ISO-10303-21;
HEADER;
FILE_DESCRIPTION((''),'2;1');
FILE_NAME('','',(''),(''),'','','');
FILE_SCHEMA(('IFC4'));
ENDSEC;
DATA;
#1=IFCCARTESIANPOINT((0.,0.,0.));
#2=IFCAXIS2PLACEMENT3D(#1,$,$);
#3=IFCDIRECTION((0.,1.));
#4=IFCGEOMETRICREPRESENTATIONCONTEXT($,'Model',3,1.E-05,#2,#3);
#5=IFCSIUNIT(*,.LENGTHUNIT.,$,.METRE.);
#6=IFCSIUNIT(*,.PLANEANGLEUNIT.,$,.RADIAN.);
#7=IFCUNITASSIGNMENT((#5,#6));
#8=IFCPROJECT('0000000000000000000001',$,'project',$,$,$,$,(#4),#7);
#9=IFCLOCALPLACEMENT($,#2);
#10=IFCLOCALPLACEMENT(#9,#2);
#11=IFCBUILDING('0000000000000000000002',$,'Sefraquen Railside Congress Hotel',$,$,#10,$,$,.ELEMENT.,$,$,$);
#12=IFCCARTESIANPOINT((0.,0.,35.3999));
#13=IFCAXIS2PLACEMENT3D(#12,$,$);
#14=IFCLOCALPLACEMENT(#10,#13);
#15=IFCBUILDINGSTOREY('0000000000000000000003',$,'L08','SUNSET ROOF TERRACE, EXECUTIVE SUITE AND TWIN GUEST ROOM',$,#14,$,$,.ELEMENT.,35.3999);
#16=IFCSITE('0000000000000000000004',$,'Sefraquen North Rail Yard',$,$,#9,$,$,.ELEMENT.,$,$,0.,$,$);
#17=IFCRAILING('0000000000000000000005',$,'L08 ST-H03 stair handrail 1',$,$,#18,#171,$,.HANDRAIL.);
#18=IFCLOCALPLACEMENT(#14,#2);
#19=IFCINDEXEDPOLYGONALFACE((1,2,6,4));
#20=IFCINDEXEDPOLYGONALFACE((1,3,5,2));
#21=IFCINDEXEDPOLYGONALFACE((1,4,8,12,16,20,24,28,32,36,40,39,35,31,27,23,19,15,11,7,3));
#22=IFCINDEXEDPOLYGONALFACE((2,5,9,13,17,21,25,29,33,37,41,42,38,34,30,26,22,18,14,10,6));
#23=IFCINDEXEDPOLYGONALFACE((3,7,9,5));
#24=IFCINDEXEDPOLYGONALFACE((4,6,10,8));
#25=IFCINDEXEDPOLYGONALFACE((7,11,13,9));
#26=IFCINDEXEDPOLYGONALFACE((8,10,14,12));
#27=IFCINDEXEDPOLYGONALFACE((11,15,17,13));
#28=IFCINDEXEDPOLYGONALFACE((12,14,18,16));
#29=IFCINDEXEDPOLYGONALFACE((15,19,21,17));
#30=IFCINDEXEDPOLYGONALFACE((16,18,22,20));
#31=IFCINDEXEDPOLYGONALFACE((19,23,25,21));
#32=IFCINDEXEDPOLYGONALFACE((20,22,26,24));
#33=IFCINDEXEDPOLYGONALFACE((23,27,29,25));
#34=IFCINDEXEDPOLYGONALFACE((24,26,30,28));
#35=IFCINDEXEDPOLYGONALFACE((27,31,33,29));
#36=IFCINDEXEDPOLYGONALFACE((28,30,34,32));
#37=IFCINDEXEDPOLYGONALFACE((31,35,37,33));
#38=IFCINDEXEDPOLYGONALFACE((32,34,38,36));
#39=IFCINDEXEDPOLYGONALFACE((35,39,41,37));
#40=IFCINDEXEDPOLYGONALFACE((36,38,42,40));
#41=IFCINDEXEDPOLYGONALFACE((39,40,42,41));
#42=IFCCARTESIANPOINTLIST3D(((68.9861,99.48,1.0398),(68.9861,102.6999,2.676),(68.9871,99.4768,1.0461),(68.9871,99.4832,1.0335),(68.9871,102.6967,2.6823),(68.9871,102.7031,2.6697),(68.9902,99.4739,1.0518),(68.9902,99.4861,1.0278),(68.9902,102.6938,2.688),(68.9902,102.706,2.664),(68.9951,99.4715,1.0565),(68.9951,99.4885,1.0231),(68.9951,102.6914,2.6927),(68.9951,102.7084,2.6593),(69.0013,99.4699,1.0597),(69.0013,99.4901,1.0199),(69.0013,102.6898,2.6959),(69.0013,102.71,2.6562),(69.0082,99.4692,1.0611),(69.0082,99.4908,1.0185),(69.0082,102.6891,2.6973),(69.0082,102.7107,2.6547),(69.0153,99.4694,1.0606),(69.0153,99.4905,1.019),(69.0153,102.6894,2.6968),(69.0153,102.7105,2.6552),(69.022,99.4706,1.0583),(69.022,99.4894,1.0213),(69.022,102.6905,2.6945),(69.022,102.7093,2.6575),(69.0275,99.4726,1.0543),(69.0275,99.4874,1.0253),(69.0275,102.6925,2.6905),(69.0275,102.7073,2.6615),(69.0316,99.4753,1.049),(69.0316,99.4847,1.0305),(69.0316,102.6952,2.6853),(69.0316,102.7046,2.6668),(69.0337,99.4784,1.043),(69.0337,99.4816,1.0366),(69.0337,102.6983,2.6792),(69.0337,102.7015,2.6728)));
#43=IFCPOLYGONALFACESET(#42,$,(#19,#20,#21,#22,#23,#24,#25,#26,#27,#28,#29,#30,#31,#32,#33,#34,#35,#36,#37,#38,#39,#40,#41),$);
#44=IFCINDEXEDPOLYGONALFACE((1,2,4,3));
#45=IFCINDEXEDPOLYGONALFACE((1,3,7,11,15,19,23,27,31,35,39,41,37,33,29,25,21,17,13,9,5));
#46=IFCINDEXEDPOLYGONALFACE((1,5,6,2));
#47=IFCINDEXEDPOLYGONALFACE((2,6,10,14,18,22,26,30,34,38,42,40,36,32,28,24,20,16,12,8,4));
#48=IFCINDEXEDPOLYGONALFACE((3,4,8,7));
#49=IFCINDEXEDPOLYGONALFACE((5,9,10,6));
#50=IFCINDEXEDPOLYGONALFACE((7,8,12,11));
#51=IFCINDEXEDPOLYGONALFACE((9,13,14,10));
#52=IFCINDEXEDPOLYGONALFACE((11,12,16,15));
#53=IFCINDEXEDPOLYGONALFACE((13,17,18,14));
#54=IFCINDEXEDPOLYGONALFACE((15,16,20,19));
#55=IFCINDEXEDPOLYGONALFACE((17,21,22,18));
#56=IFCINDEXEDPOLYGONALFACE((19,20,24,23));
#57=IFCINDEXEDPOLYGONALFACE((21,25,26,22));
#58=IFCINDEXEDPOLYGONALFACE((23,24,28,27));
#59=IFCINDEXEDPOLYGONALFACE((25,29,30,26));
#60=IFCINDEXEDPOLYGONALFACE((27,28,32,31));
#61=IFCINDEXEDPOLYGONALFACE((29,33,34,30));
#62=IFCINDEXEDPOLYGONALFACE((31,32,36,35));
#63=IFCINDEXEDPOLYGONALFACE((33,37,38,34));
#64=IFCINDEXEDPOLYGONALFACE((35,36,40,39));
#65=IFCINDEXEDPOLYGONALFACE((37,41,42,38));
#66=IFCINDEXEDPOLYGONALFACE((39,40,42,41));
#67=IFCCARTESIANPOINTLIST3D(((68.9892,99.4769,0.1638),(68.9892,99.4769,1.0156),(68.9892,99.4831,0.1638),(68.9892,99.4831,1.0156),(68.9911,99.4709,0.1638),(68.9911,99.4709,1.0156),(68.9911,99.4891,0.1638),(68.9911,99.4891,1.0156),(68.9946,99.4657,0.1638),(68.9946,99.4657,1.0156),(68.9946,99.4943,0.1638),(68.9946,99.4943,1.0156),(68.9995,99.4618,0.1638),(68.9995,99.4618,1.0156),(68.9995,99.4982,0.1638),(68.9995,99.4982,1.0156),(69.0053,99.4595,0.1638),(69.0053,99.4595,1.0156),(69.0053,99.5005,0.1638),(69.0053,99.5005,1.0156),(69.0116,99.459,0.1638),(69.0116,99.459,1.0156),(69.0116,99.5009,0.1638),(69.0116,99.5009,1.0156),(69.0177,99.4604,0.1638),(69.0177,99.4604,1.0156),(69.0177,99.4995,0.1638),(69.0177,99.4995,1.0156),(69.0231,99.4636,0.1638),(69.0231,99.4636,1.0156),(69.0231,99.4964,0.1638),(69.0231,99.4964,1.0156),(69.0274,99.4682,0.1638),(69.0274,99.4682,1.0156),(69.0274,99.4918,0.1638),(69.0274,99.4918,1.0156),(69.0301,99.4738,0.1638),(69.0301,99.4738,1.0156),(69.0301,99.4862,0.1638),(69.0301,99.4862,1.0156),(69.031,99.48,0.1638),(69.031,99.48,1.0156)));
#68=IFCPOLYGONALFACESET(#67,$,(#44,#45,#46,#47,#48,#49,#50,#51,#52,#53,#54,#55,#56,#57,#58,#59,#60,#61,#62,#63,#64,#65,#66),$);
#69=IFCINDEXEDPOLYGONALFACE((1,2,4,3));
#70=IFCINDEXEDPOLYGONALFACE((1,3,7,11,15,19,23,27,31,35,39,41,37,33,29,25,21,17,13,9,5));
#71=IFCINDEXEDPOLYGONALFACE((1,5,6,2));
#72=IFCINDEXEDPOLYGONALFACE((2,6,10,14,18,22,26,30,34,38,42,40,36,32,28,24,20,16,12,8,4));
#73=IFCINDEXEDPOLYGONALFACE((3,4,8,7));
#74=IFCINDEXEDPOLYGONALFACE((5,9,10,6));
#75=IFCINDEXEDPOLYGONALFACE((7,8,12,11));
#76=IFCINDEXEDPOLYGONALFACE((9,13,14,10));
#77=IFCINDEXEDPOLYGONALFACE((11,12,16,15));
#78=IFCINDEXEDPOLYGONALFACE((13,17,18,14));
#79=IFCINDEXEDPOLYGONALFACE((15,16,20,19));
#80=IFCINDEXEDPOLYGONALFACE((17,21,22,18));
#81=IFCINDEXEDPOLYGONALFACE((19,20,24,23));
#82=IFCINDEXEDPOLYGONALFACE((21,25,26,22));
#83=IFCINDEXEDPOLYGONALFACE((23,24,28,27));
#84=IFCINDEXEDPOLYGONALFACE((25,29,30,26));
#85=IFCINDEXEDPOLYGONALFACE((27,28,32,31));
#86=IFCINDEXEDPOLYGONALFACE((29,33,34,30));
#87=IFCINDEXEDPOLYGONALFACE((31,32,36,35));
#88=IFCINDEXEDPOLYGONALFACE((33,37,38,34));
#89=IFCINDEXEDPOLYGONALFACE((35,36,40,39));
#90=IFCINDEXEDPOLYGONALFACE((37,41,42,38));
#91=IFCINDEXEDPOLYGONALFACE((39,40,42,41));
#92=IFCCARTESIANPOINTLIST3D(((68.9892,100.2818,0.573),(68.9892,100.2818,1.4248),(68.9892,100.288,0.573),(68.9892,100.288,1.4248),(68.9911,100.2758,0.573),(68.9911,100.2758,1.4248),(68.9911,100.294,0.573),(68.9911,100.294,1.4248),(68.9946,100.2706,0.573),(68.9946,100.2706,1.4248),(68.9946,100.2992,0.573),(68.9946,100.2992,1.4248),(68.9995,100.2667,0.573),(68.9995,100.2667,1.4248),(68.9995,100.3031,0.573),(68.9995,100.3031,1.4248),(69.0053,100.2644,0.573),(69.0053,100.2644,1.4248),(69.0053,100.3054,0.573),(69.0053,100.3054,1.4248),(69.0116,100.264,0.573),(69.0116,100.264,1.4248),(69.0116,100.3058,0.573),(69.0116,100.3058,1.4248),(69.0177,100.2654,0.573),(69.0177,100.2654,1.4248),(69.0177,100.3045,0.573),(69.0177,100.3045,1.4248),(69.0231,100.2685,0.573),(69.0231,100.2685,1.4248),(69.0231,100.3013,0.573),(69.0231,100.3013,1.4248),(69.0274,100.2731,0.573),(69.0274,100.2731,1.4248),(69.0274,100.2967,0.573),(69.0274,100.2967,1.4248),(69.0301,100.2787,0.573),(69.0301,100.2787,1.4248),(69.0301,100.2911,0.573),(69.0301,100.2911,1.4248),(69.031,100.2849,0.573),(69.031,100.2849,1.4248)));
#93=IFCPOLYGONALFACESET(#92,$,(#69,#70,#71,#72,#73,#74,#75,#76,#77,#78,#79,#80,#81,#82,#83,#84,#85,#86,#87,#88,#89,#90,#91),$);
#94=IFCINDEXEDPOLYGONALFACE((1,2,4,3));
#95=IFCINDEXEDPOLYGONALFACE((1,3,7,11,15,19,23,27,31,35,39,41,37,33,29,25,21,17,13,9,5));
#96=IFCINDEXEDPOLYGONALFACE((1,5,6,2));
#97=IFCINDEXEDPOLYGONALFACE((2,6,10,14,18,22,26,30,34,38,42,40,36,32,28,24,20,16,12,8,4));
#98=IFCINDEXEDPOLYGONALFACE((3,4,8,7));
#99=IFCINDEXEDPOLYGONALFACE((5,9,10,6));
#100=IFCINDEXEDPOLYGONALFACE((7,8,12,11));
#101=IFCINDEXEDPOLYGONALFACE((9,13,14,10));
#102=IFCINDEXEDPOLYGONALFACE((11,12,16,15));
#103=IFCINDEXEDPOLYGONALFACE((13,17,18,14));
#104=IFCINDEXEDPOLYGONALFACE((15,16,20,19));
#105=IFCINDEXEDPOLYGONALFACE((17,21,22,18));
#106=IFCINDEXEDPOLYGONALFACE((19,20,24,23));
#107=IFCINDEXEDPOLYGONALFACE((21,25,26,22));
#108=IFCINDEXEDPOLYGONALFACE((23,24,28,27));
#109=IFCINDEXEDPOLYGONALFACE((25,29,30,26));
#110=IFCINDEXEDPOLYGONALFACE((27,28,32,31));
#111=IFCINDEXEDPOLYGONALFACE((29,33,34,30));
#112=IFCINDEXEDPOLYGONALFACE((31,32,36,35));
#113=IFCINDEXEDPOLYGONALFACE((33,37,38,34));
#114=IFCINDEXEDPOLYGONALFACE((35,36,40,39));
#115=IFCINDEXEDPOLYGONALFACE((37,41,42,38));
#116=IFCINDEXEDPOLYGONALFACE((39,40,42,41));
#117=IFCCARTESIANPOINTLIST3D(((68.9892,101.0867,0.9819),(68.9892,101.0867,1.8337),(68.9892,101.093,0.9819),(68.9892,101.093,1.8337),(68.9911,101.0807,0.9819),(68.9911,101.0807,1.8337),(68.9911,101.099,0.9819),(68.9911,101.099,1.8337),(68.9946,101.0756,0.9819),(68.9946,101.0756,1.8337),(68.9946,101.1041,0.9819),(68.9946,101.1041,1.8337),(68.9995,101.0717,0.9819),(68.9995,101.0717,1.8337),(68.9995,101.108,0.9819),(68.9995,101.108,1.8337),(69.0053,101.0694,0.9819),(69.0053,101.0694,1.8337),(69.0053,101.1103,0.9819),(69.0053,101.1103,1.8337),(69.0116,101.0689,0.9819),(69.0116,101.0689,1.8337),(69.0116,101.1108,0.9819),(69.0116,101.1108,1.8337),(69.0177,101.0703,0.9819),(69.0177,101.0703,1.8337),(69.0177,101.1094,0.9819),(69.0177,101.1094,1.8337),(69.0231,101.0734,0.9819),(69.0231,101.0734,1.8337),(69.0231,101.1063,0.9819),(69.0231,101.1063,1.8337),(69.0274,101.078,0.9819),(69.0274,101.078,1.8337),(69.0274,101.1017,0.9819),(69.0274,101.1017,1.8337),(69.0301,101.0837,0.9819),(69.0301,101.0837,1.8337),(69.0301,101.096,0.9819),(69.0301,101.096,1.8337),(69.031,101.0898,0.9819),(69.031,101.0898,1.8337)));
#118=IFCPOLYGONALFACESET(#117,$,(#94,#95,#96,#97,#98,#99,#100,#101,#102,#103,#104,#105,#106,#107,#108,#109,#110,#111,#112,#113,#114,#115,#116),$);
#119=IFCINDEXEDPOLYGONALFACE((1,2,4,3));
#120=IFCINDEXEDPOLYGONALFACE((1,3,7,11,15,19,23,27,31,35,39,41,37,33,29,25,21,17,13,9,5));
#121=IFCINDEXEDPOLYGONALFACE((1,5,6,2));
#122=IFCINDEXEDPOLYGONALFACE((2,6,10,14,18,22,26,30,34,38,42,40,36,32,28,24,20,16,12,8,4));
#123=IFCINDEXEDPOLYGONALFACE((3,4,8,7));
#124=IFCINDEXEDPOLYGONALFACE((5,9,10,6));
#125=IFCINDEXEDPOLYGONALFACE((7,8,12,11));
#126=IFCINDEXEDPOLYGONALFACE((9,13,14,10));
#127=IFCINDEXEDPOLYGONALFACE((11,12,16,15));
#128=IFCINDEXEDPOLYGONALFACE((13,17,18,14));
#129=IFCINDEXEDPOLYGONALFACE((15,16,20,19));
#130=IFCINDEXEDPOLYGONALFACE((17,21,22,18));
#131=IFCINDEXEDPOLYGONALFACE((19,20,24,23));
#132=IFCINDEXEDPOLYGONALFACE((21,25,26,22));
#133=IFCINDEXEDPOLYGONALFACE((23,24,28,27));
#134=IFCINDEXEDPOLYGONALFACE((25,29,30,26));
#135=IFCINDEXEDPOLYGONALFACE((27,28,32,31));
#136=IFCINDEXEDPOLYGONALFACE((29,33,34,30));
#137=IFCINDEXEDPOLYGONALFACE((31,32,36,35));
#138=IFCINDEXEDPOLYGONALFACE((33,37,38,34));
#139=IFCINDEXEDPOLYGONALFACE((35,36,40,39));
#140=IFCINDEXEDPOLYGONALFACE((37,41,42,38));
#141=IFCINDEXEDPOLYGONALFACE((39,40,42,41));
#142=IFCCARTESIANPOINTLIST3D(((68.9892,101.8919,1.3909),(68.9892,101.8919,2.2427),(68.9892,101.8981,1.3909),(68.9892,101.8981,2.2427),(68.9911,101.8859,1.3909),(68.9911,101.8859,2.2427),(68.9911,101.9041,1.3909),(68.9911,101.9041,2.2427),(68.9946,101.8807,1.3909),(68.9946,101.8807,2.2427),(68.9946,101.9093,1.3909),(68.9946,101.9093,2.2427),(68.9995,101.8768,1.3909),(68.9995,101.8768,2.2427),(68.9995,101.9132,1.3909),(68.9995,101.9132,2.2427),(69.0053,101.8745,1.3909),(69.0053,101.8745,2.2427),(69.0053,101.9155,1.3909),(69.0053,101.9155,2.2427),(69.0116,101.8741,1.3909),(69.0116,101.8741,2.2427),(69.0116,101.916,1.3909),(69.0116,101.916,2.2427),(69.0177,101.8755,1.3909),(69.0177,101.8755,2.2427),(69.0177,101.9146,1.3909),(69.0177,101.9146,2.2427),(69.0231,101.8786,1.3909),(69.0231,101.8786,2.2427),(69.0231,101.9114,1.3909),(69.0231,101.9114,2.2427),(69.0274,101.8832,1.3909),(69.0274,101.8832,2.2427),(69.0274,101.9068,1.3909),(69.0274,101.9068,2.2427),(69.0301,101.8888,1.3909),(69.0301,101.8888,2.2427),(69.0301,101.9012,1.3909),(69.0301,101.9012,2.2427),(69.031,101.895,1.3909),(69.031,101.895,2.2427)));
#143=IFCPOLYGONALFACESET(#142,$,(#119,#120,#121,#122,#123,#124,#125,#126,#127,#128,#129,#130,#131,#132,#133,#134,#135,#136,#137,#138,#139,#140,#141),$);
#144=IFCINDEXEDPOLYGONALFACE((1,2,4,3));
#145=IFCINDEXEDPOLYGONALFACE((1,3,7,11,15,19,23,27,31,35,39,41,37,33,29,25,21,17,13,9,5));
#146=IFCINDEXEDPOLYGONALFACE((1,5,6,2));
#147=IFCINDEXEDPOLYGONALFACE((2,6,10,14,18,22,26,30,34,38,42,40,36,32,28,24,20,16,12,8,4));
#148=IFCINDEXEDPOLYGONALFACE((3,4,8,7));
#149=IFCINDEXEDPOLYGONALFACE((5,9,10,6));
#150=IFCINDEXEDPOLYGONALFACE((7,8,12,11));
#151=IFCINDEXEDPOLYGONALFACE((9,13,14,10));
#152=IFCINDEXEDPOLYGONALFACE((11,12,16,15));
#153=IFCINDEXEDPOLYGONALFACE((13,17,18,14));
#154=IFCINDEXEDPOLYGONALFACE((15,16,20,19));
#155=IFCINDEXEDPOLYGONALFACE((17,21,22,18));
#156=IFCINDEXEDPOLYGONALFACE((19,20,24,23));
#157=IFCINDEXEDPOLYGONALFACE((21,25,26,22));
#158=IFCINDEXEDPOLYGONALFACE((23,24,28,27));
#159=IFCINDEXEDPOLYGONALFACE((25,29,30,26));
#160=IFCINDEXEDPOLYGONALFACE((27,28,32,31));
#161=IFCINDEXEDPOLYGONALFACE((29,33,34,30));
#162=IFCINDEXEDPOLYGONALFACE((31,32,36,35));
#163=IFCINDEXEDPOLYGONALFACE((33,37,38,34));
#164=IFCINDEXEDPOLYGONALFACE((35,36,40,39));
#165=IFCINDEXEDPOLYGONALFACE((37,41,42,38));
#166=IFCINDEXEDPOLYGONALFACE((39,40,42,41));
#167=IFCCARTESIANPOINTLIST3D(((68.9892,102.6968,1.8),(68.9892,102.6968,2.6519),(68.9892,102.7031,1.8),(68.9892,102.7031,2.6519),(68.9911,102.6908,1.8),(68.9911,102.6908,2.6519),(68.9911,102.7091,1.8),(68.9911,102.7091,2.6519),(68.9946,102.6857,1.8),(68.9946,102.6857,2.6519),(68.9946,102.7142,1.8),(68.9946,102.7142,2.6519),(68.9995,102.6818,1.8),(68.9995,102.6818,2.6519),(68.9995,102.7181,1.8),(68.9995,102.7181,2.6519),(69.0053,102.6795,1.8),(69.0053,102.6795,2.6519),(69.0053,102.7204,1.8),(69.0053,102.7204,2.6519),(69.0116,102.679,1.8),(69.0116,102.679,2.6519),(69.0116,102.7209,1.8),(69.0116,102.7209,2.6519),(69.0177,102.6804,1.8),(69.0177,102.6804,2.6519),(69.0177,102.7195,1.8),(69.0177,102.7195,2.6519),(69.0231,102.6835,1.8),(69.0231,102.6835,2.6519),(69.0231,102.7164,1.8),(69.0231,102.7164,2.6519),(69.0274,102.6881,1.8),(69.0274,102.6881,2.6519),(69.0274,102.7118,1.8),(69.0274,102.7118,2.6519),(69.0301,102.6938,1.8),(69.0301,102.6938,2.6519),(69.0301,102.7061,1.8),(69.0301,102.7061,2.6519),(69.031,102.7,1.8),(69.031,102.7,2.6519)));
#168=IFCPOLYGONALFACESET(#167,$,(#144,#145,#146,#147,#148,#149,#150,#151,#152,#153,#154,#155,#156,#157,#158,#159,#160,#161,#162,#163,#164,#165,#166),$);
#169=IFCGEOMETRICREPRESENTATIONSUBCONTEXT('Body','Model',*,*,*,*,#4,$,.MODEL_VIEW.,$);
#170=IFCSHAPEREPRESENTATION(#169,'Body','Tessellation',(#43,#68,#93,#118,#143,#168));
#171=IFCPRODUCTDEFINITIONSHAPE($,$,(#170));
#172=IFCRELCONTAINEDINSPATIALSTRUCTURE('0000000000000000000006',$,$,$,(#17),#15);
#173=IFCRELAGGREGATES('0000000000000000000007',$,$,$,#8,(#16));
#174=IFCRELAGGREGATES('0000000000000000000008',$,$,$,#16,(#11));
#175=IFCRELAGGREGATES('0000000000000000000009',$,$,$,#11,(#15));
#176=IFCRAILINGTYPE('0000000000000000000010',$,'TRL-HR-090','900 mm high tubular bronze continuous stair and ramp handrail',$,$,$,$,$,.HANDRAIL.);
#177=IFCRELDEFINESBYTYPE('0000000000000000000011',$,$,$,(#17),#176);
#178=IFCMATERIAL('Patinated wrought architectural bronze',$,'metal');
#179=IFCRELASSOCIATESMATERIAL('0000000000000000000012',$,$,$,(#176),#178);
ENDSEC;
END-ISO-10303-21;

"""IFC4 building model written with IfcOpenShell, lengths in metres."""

from ifc_helpers import new_model, si_unit, direction, frame, origin, origin_2d, place, context, subcontext, project, spatial, circle, extrude, material, type_object, element, save


model = new_model("IFC4")

# Units and contexts
model_context = context("Model", 3, precision=1e-05, world=origin(), true_north=direction((0.0, 1.0)))
body_context = subcontext(model_context, "Body", "Model", "MODEL_VIEW")
ifc_project = project(units=[si_unit("LENGTHUNIT", "METRE"), si_unit("PLANEANGLEUNIT", "RADIAN")], contexts=[model_context])

# Site, building, storey
site_placement = place(None, origin())
site = spatial("IfcSite", under=ifc_project, at=site_placement, Name="Sefraquen North Rail Yard", CompositionType="ELEMENT", RefElevation=0.0)
building_placement = place(site_placement, origin())
building = spatial("IfcBuilding", under=site, at=building_placement, Name="Sefraquen Railside Congress Hotel", CompositionType="ELEMENT")
storey_placement = place(building_placement, frame((0.0, 0.0, 35.3999)))
storey = spatial("IfcBuildingStorey", under=building, at=storey_placement, Name="L08", Description="SUNSET ROOF TERRACE, EXECUTIVE SUITE AND TWIN GUEST ROOM", CompositionType="ELEMENT", Elevation=35.3999)

# Railing
ifc_material_1 = material(Name="Patinated wrought architectural bronze", Category="metal")
railing_type_1 = type_object("IfcRailingType", Name="TRL-HR-090", Description="900 mm high tubular bronze continuous stair and ramp handrail", PredefinedType="HANDRAIL", material=ifc_material_1)
railing_1_placement = place(storey_placement, frame((69.01, 99.48, 0.1638)))
element("IfcRailing", 1, at=railing_1_placement, inside=storey, type_object=railing_type_1, Name="L08 ST-H03 stair handrail 1", PredefinedType="HANDRAIL", context=body_context, shape_type="SweptSolid", body=[
    extrude(circle(Radius=0.0239, at=origin_2d()), frame((0.0, 0.0, 0.876), z_axis=(0.0, 0.891502, 0.453017), x_axis=(-1.0, 0.0, 0.0)), (0.0, 0.0, 1.0), 3.6118),
    extrude(circle(Radius=0.021, at=origin_2d()), origin(), (0.0, 0.0, 1.0), 0.8518),
    extrude(circle(Radius=0.021, at=origin_2d()), frame((0.0, 0.8049, 0.4092)), (0.0, 0.0, 1.0), 0.8518),
    extrude(circle(Radius=0.021, at=origin_2d()), frame((0.0, 1.6099, 0.8181)), (0.0, 0.0, 1.0), 0.8518),
    extrude(circle(Radius=0.021, at=origin_2d()), frame((0.0, 2.415, 1.2271)), (0.0, 0.0, 1.0), 0.8518),
    extrude(circle(Radius=0.021, at=origin_2d()), frame((0.0, 3.22, 1.6362)), (0.0, 0.0, 1.0), 0.8518),
])

save(model, "model.ifc")
